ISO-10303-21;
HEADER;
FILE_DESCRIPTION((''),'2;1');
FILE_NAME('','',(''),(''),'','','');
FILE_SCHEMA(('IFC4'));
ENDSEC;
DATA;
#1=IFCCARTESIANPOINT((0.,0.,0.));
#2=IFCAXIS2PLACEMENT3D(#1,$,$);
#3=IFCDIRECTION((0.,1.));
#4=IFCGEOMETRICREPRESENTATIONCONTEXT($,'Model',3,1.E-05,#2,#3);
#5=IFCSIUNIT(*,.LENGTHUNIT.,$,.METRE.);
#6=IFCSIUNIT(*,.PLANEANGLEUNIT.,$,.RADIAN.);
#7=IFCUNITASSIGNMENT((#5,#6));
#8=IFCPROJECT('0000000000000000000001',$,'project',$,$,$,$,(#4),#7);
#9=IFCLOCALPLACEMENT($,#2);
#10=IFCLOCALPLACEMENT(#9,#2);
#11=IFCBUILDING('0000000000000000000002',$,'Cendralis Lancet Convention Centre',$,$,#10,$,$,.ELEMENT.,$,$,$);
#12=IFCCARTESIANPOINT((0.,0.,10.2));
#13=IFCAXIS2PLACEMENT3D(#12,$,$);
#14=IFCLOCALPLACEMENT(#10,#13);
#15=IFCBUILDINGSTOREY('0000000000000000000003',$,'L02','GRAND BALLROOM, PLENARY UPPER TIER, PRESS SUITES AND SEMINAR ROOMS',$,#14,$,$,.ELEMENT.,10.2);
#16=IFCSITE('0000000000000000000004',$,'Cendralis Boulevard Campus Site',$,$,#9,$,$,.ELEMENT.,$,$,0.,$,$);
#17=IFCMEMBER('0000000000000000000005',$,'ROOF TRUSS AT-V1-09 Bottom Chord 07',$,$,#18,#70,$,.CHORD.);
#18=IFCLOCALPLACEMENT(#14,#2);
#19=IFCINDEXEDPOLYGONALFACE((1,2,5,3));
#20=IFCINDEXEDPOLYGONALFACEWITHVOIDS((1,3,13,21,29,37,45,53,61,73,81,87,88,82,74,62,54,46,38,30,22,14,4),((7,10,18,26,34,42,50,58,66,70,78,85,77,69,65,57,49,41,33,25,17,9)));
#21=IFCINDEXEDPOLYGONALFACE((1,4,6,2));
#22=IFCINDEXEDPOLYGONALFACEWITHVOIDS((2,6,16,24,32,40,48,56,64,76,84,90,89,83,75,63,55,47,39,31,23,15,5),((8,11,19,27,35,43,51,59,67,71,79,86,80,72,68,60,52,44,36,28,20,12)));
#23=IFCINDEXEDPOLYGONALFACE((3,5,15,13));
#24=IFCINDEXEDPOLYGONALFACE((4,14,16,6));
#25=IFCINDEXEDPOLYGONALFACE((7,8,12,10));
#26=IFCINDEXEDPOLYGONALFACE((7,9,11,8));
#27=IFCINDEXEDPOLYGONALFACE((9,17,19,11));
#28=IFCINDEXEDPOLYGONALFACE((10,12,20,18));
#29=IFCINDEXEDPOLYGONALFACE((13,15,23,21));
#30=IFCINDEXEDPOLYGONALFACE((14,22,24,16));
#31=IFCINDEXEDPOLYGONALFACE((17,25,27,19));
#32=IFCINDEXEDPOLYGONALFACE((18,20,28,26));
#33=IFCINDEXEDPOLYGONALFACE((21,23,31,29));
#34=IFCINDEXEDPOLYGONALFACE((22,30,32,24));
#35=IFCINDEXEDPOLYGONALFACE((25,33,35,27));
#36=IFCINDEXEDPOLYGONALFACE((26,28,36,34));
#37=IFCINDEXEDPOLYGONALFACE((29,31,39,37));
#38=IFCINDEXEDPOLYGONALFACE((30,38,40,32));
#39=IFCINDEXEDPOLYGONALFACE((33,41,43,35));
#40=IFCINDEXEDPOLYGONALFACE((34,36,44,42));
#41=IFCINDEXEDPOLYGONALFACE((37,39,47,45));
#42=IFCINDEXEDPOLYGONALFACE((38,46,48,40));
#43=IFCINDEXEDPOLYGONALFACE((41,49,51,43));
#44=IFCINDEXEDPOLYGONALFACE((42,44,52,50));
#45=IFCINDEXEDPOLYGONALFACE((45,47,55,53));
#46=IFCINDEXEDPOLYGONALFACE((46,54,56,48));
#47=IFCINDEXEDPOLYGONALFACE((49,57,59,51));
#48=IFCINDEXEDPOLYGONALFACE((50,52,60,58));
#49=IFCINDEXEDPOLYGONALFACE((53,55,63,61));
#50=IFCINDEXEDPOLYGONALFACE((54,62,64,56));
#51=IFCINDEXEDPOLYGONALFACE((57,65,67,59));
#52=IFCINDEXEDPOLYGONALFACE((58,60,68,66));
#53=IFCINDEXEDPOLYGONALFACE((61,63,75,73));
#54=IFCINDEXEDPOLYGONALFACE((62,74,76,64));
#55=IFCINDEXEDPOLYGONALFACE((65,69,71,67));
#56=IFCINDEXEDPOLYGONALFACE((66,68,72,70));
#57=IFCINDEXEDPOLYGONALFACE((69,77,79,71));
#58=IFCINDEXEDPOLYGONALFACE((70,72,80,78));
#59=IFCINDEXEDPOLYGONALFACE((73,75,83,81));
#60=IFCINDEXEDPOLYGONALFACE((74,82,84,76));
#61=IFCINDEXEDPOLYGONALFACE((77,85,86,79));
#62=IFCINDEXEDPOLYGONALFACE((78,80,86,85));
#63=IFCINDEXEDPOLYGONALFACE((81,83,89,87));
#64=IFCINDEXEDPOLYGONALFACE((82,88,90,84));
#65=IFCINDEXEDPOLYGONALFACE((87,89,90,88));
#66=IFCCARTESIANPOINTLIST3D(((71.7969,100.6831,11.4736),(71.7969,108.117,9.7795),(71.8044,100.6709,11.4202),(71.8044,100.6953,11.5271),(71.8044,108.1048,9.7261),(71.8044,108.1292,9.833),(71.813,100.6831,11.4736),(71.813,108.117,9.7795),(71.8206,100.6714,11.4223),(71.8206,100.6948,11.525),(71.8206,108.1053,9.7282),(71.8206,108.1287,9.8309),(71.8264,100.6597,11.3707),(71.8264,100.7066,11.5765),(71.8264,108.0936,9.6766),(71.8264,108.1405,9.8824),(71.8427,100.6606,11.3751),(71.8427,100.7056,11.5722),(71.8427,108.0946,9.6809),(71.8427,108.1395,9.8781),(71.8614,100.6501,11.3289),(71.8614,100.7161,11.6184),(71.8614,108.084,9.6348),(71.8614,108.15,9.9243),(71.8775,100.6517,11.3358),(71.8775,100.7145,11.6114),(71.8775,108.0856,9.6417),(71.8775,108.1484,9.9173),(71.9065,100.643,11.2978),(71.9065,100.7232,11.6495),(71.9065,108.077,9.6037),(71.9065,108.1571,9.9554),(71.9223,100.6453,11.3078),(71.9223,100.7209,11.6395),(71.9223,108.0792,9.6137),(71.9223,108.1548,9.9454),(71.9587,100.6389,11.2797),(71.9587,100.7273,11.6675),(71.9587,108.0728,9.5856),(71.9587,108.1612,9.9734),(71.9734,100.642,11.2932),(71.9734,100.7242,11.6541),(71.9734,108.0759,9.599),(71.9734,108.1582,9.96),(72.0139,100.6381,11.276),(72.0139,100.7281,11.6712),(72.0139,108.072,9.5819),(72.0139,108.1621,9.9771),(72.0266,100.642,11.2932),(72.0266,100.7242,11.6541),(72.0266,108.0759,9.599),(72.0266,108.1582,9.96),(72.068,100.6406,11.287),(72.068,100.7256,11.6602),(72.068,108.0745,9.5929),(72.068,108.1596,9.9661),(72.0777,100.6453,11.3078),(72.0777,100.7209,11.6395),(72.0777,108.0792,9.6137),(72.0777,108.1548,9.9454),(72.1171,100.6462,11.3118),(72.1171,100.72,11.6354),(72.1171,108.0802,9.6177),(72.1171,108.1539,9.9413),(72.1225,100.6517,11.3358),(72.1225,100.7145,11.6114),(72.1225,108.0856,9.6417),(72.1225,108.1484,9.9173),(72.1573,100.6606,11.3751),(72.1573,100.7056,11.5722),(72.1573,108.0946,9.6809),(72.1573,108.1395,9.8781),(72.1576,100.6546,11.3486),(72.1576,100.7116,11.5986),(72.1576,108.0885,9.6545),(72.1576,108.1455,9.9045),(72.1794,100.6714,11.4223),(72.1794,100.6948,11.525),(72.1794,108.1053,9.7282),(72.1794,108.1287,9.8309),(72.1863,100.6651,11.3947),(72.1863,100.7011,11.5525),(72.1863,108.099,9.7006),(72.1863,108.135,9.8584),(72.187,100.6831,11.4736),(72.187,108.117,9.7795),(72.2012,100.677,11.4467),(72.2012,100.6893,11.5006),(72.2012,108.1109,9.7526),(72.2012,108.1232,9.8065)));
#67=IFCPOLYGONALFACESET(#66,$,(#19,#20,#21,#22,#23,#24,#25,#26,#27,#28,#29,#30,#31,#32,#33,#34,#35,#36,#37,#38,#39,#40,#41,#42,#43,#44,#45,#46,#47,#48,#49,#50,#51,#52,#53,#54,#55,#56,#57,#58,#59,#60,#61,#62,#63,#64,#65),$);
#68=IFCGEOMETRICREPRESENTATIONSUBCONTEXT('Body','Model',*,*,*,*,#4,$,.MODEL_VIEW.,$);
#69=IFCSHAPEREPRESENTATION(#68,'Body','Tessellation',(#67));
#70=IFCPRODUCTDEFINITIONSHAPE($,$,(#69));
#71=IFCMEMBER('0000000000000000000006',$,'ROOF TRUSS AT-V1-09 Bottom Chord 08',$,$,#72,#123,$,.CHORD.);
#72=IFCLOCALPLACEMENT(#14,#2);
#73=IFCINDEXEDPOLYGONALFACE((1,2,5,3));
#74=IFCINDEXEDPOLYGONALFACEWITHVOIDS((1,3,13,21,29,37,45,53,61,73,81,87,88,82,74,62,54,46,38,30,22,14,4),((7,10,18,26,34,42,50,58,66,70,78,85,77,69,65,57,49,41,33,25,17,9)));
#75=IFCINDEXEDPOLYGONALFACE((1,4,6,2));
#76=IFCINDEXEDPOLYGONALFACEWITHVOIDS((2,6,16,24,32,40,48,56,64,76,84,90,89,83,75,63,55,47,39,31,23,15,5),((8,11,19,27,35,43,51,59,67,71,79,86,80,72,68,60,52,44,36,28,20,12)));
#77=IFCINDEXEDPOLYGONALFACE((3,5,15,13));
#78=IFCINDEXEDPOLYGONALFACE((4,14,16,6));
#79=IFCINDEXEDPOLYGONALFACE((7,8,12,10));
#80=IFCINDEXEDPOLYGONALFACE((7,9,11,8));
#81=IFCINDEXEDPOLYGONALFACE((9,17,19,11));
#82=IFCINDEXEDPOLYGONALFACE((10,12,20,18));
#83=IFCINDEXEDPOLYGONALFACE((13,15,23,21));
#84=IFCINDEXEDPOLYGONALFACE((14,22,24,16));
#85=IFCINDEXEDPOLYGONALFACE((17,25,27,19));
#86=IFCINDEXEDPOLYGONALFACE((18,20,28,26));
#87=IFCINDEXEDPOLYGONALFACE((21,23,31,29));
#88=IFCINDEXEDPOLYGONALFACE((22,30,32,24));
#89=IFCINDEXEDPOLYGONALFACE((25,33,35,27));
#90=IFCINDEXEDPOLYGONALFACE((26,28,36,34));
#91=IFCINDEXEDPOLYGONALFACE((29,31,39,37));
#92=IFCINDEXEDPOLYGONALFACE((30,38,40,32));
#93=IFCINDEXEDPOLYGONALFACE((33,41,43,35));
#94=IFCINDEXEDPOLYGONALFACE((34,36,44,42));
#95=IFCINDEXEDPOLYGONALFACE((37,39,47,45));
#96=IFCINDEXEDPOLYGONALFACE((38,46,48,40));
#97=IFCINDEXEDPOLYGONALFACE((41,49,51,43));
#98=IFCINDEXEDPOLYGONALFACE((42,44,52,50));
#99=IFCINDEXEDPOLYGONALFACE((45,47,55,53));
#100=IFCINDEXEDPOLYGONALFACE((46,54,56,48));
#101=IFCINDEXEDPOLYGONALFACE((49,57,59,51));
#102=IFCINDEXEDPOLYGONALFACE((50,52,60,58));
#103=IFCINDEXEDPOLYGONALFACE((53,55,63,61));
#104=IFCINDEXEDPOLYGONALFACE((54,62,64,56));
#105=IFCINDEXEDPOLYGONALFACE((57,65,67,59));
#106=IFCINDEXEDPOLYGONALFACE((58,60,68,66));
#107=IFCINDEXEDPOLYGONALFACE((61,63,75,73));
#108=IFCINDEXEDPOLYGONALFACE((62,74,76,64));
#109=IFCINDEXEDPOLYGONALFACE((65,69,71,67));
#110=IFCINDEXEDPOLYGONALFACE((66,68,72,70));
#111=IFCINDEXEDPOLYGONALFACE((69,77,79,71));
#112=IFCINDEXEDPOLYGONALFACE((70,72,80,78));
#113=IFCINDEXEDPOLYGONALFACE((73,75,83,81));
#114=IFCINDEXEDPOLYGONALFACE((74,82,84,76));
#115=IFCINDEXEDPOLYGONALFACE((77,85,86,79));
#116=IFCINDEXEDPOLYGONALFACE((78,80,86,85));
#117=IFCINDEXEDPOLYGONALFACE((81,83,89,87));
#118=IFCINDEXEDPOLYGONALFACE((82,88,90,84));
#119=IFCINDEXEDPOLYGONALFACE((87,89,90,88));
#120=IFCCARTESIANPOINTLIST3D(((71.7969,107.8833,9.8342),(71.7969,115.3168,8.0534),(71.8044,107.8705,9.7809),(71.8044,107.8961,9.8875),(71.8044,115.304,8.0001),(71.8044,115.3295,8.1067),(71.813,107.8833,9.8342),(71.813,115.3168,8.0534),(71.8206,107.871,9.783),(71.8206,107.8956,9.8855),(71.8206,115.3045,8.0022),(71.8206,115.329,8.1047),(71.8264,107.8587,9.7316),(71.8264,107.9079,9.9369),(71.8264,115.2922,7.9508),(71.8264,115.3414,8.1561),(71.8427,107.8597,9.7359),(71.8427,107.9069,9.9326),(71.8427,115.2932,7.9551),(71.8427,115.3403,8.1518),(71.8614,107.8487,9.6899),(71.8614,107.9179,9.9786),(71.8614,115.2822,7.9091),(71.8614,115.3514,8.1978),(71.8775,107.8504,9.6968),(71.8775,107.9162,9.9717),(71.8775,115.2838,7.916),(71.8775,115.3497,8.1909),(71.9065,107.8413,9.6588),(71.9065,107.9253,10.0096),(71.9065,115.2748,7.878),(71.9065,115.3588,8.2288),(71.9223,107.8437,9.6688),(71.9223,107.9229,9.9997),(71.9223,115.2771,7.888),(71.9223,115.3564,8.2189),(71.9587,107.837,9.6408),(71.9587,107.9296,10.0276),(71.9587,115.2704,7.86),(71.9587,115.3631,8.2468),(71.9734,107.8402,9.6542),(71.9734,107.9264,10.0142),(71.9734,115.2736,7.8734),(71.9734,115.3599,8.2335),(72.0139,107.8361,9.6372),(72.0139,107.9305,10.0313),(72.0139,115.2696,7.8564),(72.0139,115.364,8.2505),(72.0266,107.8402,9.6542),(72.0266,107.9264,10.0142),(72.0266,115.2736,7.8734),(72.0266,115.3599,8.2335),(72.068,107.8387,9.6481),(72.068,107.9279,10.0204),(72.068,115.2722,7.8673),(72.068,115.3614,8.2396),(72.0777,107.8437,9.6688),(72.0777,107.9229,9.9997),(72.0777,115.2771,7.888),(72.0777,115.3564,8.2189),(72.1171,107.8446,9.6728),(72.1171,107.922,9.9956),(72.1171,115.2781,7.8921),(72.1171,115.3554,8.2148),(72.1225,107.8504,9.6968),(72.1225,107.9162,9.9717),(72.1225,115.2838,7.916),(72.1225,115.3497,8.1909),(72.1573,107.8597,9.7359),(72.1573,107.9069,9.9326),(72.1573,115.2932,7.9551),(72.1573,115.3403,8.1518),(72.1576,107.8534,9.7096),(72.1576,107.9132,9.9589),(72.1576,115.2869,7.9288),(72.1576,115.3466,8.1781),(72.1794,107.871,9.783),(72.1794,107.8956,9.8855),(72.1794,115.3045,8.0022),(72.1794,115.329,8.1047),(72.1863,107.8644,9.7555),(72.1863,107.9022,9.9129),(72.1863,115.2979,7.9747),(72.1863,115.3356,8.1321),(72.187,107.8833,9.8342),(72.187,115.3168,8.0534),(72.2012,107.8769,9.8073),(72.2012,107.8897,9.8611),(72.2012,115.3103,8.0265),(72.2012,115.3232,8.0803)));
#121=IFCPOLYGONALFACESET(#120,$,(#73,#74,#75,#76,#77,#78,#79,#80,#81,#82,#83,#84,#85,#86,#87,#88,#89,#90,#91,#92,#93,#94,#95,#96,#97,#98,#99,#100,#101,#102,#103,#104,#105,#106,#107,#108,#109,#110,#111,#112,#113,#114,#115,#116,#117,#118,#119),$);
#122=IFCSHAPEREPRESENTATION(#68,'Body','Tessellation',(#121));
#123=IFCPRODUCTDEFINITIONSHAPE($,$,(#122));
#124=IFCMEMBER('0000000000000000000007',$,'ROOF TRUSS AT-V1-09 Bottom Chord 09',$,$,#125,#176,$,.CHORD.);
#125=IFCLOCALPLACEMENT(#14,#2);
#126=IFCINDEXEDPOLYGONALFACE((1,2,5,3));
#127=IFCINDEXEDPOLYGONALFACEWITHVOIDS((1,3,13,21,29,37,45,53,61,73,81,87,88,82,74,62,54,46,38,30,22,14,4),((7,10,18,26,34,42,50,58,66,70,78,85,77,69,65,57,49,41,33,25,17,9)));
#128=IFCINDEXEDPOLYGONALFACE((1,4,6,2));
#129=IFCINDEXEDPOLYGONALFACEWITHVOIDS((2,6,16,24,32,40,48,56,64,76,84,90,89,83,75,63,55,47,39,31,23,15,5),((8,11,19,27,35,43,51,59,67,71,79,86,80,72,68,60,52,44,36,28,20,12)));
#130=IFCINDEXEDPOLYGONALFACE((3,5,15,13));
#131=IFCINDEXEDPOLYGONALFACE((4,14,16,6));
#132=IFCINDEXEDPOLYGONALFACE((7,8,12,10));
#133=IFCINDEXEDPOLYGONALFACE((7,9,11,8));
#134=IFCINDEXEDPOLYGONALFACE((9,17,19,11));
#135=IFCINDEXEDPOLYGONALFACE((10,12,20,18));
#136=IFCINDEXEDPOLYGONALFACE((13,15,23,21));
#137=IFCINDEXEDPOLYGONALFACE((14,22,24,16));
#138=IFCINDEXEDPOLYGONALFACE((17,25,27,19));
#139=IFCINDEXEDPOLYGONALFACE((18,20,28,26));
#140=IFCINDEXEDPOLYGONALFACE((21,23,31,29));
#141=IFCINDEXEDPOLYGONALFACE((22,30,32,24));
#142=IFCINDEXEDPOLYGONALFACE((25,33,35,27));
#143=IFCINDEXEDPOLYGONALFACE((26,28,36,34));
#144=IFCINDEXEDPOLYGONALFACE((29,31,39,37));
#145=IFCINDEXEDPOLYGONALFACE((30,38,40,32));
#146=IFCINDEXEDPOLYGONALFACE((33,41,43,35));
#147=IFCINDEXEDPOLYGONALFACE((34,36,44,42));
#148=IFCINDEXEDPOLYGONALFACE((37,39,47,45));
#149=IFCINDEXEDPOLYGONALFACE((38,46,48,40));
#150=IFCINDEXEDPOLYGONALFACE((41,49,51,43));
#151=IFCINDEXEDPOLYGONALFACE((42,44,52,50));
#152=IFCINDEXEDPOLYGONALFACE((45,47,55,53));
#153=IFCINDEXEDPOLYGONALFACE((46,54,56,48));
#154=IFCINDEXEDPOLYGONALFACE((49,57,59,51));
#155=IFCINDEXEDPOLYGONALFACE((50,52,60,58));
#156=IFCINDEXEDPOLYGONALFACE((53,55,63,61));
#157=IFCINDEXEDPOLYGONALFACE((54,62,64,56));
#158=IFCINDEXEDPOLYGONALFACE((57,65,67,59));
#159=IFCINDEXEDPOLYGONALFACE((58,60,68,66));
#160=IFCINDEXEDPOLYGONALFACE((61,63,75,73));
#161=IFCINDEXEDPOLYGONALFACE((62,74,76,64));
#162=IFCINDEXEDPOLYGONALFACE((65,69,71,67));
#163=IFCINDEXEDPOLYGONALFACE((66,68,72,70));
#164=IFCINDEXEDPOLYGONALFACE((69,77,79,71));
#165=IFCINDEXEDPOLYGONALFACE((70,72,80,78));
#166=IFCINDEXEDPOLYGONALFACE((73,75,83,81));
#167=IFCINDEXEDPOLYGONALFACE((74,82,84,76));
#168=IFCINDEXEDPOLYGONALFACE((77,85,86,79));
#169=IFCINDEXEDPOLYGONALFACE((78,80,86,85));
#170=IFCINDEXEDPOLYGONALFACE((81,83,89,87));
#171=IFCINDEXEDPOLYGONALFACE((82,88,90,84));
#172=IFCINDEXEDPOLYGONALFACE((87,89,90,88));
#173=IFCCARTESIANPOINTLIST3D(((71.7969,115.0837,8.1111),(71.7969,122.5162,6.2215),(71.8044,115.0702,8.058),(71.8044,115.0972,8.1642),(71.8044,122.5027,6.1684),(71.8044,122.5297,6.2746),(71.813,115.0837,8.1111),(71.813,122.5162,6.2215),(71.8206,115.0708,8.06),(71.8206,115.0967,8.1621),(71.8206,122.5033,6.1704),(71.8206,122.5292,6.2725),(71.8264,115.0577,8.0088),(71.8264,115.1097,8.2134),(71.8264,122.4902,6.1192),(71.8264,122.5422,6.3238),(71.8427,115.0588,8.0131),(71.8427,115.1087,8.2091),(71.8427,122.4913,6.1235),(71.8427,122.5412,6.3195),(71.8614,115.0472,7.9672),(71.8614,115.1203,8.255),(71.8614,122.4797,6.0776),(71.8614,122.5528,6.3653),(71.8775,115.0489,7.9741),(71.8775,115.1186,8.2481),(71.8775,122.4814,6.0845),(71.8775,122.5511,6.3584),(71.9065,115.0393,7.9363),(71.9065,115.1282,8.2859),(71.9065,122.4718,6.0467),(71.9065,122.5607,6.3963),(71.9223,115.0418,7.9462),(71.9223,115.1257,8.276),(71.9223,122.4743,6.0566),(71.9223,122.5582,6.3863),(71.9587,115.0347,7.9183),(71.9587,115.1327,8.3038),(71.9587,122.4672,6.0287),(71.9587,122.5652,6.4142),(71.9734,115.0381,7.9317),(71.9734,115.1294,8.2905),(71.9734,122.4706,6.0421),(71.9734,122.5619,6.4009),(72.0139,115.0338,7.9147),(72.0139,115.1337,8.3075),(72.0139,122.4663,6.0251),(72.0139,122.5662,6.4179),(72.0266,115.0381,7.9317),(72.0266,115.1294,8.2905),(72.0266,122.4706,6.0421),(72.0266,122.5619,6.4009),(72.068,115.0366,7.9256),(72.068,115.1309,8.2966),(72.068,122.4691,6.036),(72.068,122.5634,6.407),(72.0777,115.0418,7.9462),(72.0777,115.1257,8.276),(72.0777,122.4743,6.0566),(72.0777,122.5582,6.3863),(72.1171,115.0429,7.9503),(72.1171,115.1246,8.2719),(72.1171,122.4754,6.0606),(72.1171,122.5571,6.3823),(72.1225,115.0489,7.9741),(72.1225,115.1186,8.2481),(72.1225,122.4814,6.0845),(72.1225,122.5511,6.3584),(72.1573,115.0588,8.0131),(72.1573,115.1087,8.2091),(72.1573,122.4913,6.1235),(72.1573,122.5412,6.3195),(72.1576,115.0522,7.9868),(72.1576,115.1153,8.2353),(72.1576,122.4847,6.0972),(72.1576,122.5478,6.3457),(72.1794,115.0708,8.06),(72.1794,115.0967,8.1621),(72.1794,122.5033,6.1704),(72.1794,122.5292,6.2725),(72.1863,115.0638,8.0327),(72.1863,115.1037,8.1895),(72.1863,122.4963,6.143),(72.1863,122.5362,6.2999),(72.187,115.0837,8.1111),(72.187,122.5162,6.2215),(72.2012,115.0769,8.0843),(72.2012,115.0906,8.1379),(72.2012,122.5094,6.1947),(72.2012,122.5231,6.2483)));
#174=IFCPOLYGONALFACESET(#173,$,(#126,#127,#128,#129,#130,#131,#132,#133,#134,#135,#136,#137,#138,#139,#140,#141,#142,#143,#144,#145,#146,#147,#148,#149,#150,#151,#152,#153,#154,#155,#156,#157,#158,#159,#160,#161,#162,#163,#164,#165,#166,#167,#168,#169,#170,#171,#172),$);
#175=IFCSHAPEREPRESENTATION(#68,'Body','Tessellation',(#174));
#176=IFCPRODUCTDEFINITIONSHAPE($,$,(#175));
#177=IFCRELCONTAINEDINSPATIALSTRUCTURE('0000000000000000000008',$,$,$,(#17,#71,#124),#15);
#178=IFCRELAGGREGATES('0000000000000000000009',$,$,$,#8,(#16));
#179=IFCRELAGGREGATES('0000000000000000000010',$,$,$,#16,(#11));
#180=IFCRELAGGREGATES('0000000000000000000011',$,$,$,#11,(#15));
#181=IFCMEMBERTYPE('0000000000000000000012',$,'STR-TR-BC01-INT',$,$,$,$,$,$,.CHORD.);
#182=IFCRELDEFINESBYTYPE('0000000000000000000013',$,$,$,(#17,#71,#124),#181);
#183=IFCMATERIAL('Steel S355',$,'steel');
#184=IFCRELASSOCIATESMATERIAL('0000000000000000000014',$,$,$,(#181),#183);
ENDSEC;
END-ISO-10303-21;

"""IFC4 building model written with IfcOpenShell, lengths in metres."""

from ifc_helpers import new_model, si_unit, direction, frame, origin, origin_2d, place, context, subcontext, project, spatial, hollow_circle, extrude, material, material_profile, profile_set, type_object, element, save


model = new_model("IFC4")

# Units and contexts
model_context = context("Model", 3, precision=1e-05, world=origin(), true_north=direction((0.0, 1.0)))
body_context = subcontext(model_context, "Body", "Model", "MODEL_VIEW")
ifc_project = project(units=[si_unit("LENGTHUNIT", "METRE"), si_unit("PLANEANGLEUNIT", "RADIAN")], contexts=[model_context])

# Site, building, storey
site_placement = place(None, origin())
site = spatial("IfcSite", under=ifc_project, at=site_placement, Name="Cendralis Boulevard Campus Site", CompositionType="ELEMENT", RefElevation=0.0)
building_placement = place(site_placement, origin())
building = spatial("IfcBuilding", under=site, at=building_placement, Name="Cendralis Lancet Convention Centre", CompositionType="ELEMENT")
storey_placement = place(building_placement, frame((0.0, 0.0, 10.2)))
storey = spatial("IfcBuildingStorey", under=building, at=storey_placement, Name="L02", Description="GRAND BALLROOM, PLENARY UPPER TIER, PRESS SUITES AND SEMINAR ROOMS", CompositionType="ELEMENT", Elevation=10.2)

# Members
ifc_material = material(Name="Steel S355", Category="steel")
ifc_material_profile_1 = material_profile(ifc_material, hollow_circle(Radius=0.2031, WallThickness=0.0161, at=origin_2d()), Name="CHS 406.4x16.0")
ifc_profile_set_1 = profile_set([ifc_material_profile_1], Name="Steel S355")
member_type_1 = type_object("IfcMemberType", Name="STR-TR-BC01-INT", PredefinedType="CHORD", material=ifc_profile_set_1)
member_1_placement = place(storey_placement, frame((72.0, 100.6831, 11.4736), z_axis=(0.0, 0.975003, -0.222193), x_axis=(-1.0, 0.0, 0.0)))
element("IfcMember", 1, at=member_1_placement, inside=storey, type_object=member_type_1, Name="ROOF TRUSS AT-V1-09 Bottom Chord 07", PredefinedType="CHORD", context=body_context, shape_type="SweptSolid", body=[
    extrude(hollow_circle(Radius=0.2031, WallThickness=0.0161, at=origin_2d()), origin(), (0.0, 0.0, 1.0), 7.6245),
])
member_2_placement = place(storey_placement, frame((72.0, 107.8833, 9.8342), z_axis=(0.0, 0.972483, -0.232972), x_axis=(-1.0, 0.0, 0.0)))
element("IfcMember", 2, at=member_2_placement, inside=storey, type_object=member_type_1, Name="ROOF TRUSS AT-V1-09 Bottom Chord 08", PredefinedType="CHORD", context=body_context, shape_type="SweptSolid", body=[
    extrude(hollow_circle(Radius=0.2031, WallThickness=0.0161, at=origin_2d()), origin(), (0.0, 0.0, 1.0), 7.6438),
])
member_3_placement = place(storey_placement, frame((72.0, 115.0837, 8.1111), z_axis=(0.0, 0.969169, -0.246399), x_axis=(-1.0, 0.0, 0.0)))
element("IfcMember", 3, at=member_3_placement, inside=storey, type_object=member_type_1, Name="ROOF TRUSS AT-V1-09 Bottom Chord 09", PredefinedType="CHORD", context=body_context, shape_type="SweptSolid", body=[
    extrude(hollow_circle(Radius=0.2031, WallThickness=0.0161, at=origin_2d()), origin(), (0.0, 0.0, 1.0), 7.6689),
])

save(model, "model.ifc")
